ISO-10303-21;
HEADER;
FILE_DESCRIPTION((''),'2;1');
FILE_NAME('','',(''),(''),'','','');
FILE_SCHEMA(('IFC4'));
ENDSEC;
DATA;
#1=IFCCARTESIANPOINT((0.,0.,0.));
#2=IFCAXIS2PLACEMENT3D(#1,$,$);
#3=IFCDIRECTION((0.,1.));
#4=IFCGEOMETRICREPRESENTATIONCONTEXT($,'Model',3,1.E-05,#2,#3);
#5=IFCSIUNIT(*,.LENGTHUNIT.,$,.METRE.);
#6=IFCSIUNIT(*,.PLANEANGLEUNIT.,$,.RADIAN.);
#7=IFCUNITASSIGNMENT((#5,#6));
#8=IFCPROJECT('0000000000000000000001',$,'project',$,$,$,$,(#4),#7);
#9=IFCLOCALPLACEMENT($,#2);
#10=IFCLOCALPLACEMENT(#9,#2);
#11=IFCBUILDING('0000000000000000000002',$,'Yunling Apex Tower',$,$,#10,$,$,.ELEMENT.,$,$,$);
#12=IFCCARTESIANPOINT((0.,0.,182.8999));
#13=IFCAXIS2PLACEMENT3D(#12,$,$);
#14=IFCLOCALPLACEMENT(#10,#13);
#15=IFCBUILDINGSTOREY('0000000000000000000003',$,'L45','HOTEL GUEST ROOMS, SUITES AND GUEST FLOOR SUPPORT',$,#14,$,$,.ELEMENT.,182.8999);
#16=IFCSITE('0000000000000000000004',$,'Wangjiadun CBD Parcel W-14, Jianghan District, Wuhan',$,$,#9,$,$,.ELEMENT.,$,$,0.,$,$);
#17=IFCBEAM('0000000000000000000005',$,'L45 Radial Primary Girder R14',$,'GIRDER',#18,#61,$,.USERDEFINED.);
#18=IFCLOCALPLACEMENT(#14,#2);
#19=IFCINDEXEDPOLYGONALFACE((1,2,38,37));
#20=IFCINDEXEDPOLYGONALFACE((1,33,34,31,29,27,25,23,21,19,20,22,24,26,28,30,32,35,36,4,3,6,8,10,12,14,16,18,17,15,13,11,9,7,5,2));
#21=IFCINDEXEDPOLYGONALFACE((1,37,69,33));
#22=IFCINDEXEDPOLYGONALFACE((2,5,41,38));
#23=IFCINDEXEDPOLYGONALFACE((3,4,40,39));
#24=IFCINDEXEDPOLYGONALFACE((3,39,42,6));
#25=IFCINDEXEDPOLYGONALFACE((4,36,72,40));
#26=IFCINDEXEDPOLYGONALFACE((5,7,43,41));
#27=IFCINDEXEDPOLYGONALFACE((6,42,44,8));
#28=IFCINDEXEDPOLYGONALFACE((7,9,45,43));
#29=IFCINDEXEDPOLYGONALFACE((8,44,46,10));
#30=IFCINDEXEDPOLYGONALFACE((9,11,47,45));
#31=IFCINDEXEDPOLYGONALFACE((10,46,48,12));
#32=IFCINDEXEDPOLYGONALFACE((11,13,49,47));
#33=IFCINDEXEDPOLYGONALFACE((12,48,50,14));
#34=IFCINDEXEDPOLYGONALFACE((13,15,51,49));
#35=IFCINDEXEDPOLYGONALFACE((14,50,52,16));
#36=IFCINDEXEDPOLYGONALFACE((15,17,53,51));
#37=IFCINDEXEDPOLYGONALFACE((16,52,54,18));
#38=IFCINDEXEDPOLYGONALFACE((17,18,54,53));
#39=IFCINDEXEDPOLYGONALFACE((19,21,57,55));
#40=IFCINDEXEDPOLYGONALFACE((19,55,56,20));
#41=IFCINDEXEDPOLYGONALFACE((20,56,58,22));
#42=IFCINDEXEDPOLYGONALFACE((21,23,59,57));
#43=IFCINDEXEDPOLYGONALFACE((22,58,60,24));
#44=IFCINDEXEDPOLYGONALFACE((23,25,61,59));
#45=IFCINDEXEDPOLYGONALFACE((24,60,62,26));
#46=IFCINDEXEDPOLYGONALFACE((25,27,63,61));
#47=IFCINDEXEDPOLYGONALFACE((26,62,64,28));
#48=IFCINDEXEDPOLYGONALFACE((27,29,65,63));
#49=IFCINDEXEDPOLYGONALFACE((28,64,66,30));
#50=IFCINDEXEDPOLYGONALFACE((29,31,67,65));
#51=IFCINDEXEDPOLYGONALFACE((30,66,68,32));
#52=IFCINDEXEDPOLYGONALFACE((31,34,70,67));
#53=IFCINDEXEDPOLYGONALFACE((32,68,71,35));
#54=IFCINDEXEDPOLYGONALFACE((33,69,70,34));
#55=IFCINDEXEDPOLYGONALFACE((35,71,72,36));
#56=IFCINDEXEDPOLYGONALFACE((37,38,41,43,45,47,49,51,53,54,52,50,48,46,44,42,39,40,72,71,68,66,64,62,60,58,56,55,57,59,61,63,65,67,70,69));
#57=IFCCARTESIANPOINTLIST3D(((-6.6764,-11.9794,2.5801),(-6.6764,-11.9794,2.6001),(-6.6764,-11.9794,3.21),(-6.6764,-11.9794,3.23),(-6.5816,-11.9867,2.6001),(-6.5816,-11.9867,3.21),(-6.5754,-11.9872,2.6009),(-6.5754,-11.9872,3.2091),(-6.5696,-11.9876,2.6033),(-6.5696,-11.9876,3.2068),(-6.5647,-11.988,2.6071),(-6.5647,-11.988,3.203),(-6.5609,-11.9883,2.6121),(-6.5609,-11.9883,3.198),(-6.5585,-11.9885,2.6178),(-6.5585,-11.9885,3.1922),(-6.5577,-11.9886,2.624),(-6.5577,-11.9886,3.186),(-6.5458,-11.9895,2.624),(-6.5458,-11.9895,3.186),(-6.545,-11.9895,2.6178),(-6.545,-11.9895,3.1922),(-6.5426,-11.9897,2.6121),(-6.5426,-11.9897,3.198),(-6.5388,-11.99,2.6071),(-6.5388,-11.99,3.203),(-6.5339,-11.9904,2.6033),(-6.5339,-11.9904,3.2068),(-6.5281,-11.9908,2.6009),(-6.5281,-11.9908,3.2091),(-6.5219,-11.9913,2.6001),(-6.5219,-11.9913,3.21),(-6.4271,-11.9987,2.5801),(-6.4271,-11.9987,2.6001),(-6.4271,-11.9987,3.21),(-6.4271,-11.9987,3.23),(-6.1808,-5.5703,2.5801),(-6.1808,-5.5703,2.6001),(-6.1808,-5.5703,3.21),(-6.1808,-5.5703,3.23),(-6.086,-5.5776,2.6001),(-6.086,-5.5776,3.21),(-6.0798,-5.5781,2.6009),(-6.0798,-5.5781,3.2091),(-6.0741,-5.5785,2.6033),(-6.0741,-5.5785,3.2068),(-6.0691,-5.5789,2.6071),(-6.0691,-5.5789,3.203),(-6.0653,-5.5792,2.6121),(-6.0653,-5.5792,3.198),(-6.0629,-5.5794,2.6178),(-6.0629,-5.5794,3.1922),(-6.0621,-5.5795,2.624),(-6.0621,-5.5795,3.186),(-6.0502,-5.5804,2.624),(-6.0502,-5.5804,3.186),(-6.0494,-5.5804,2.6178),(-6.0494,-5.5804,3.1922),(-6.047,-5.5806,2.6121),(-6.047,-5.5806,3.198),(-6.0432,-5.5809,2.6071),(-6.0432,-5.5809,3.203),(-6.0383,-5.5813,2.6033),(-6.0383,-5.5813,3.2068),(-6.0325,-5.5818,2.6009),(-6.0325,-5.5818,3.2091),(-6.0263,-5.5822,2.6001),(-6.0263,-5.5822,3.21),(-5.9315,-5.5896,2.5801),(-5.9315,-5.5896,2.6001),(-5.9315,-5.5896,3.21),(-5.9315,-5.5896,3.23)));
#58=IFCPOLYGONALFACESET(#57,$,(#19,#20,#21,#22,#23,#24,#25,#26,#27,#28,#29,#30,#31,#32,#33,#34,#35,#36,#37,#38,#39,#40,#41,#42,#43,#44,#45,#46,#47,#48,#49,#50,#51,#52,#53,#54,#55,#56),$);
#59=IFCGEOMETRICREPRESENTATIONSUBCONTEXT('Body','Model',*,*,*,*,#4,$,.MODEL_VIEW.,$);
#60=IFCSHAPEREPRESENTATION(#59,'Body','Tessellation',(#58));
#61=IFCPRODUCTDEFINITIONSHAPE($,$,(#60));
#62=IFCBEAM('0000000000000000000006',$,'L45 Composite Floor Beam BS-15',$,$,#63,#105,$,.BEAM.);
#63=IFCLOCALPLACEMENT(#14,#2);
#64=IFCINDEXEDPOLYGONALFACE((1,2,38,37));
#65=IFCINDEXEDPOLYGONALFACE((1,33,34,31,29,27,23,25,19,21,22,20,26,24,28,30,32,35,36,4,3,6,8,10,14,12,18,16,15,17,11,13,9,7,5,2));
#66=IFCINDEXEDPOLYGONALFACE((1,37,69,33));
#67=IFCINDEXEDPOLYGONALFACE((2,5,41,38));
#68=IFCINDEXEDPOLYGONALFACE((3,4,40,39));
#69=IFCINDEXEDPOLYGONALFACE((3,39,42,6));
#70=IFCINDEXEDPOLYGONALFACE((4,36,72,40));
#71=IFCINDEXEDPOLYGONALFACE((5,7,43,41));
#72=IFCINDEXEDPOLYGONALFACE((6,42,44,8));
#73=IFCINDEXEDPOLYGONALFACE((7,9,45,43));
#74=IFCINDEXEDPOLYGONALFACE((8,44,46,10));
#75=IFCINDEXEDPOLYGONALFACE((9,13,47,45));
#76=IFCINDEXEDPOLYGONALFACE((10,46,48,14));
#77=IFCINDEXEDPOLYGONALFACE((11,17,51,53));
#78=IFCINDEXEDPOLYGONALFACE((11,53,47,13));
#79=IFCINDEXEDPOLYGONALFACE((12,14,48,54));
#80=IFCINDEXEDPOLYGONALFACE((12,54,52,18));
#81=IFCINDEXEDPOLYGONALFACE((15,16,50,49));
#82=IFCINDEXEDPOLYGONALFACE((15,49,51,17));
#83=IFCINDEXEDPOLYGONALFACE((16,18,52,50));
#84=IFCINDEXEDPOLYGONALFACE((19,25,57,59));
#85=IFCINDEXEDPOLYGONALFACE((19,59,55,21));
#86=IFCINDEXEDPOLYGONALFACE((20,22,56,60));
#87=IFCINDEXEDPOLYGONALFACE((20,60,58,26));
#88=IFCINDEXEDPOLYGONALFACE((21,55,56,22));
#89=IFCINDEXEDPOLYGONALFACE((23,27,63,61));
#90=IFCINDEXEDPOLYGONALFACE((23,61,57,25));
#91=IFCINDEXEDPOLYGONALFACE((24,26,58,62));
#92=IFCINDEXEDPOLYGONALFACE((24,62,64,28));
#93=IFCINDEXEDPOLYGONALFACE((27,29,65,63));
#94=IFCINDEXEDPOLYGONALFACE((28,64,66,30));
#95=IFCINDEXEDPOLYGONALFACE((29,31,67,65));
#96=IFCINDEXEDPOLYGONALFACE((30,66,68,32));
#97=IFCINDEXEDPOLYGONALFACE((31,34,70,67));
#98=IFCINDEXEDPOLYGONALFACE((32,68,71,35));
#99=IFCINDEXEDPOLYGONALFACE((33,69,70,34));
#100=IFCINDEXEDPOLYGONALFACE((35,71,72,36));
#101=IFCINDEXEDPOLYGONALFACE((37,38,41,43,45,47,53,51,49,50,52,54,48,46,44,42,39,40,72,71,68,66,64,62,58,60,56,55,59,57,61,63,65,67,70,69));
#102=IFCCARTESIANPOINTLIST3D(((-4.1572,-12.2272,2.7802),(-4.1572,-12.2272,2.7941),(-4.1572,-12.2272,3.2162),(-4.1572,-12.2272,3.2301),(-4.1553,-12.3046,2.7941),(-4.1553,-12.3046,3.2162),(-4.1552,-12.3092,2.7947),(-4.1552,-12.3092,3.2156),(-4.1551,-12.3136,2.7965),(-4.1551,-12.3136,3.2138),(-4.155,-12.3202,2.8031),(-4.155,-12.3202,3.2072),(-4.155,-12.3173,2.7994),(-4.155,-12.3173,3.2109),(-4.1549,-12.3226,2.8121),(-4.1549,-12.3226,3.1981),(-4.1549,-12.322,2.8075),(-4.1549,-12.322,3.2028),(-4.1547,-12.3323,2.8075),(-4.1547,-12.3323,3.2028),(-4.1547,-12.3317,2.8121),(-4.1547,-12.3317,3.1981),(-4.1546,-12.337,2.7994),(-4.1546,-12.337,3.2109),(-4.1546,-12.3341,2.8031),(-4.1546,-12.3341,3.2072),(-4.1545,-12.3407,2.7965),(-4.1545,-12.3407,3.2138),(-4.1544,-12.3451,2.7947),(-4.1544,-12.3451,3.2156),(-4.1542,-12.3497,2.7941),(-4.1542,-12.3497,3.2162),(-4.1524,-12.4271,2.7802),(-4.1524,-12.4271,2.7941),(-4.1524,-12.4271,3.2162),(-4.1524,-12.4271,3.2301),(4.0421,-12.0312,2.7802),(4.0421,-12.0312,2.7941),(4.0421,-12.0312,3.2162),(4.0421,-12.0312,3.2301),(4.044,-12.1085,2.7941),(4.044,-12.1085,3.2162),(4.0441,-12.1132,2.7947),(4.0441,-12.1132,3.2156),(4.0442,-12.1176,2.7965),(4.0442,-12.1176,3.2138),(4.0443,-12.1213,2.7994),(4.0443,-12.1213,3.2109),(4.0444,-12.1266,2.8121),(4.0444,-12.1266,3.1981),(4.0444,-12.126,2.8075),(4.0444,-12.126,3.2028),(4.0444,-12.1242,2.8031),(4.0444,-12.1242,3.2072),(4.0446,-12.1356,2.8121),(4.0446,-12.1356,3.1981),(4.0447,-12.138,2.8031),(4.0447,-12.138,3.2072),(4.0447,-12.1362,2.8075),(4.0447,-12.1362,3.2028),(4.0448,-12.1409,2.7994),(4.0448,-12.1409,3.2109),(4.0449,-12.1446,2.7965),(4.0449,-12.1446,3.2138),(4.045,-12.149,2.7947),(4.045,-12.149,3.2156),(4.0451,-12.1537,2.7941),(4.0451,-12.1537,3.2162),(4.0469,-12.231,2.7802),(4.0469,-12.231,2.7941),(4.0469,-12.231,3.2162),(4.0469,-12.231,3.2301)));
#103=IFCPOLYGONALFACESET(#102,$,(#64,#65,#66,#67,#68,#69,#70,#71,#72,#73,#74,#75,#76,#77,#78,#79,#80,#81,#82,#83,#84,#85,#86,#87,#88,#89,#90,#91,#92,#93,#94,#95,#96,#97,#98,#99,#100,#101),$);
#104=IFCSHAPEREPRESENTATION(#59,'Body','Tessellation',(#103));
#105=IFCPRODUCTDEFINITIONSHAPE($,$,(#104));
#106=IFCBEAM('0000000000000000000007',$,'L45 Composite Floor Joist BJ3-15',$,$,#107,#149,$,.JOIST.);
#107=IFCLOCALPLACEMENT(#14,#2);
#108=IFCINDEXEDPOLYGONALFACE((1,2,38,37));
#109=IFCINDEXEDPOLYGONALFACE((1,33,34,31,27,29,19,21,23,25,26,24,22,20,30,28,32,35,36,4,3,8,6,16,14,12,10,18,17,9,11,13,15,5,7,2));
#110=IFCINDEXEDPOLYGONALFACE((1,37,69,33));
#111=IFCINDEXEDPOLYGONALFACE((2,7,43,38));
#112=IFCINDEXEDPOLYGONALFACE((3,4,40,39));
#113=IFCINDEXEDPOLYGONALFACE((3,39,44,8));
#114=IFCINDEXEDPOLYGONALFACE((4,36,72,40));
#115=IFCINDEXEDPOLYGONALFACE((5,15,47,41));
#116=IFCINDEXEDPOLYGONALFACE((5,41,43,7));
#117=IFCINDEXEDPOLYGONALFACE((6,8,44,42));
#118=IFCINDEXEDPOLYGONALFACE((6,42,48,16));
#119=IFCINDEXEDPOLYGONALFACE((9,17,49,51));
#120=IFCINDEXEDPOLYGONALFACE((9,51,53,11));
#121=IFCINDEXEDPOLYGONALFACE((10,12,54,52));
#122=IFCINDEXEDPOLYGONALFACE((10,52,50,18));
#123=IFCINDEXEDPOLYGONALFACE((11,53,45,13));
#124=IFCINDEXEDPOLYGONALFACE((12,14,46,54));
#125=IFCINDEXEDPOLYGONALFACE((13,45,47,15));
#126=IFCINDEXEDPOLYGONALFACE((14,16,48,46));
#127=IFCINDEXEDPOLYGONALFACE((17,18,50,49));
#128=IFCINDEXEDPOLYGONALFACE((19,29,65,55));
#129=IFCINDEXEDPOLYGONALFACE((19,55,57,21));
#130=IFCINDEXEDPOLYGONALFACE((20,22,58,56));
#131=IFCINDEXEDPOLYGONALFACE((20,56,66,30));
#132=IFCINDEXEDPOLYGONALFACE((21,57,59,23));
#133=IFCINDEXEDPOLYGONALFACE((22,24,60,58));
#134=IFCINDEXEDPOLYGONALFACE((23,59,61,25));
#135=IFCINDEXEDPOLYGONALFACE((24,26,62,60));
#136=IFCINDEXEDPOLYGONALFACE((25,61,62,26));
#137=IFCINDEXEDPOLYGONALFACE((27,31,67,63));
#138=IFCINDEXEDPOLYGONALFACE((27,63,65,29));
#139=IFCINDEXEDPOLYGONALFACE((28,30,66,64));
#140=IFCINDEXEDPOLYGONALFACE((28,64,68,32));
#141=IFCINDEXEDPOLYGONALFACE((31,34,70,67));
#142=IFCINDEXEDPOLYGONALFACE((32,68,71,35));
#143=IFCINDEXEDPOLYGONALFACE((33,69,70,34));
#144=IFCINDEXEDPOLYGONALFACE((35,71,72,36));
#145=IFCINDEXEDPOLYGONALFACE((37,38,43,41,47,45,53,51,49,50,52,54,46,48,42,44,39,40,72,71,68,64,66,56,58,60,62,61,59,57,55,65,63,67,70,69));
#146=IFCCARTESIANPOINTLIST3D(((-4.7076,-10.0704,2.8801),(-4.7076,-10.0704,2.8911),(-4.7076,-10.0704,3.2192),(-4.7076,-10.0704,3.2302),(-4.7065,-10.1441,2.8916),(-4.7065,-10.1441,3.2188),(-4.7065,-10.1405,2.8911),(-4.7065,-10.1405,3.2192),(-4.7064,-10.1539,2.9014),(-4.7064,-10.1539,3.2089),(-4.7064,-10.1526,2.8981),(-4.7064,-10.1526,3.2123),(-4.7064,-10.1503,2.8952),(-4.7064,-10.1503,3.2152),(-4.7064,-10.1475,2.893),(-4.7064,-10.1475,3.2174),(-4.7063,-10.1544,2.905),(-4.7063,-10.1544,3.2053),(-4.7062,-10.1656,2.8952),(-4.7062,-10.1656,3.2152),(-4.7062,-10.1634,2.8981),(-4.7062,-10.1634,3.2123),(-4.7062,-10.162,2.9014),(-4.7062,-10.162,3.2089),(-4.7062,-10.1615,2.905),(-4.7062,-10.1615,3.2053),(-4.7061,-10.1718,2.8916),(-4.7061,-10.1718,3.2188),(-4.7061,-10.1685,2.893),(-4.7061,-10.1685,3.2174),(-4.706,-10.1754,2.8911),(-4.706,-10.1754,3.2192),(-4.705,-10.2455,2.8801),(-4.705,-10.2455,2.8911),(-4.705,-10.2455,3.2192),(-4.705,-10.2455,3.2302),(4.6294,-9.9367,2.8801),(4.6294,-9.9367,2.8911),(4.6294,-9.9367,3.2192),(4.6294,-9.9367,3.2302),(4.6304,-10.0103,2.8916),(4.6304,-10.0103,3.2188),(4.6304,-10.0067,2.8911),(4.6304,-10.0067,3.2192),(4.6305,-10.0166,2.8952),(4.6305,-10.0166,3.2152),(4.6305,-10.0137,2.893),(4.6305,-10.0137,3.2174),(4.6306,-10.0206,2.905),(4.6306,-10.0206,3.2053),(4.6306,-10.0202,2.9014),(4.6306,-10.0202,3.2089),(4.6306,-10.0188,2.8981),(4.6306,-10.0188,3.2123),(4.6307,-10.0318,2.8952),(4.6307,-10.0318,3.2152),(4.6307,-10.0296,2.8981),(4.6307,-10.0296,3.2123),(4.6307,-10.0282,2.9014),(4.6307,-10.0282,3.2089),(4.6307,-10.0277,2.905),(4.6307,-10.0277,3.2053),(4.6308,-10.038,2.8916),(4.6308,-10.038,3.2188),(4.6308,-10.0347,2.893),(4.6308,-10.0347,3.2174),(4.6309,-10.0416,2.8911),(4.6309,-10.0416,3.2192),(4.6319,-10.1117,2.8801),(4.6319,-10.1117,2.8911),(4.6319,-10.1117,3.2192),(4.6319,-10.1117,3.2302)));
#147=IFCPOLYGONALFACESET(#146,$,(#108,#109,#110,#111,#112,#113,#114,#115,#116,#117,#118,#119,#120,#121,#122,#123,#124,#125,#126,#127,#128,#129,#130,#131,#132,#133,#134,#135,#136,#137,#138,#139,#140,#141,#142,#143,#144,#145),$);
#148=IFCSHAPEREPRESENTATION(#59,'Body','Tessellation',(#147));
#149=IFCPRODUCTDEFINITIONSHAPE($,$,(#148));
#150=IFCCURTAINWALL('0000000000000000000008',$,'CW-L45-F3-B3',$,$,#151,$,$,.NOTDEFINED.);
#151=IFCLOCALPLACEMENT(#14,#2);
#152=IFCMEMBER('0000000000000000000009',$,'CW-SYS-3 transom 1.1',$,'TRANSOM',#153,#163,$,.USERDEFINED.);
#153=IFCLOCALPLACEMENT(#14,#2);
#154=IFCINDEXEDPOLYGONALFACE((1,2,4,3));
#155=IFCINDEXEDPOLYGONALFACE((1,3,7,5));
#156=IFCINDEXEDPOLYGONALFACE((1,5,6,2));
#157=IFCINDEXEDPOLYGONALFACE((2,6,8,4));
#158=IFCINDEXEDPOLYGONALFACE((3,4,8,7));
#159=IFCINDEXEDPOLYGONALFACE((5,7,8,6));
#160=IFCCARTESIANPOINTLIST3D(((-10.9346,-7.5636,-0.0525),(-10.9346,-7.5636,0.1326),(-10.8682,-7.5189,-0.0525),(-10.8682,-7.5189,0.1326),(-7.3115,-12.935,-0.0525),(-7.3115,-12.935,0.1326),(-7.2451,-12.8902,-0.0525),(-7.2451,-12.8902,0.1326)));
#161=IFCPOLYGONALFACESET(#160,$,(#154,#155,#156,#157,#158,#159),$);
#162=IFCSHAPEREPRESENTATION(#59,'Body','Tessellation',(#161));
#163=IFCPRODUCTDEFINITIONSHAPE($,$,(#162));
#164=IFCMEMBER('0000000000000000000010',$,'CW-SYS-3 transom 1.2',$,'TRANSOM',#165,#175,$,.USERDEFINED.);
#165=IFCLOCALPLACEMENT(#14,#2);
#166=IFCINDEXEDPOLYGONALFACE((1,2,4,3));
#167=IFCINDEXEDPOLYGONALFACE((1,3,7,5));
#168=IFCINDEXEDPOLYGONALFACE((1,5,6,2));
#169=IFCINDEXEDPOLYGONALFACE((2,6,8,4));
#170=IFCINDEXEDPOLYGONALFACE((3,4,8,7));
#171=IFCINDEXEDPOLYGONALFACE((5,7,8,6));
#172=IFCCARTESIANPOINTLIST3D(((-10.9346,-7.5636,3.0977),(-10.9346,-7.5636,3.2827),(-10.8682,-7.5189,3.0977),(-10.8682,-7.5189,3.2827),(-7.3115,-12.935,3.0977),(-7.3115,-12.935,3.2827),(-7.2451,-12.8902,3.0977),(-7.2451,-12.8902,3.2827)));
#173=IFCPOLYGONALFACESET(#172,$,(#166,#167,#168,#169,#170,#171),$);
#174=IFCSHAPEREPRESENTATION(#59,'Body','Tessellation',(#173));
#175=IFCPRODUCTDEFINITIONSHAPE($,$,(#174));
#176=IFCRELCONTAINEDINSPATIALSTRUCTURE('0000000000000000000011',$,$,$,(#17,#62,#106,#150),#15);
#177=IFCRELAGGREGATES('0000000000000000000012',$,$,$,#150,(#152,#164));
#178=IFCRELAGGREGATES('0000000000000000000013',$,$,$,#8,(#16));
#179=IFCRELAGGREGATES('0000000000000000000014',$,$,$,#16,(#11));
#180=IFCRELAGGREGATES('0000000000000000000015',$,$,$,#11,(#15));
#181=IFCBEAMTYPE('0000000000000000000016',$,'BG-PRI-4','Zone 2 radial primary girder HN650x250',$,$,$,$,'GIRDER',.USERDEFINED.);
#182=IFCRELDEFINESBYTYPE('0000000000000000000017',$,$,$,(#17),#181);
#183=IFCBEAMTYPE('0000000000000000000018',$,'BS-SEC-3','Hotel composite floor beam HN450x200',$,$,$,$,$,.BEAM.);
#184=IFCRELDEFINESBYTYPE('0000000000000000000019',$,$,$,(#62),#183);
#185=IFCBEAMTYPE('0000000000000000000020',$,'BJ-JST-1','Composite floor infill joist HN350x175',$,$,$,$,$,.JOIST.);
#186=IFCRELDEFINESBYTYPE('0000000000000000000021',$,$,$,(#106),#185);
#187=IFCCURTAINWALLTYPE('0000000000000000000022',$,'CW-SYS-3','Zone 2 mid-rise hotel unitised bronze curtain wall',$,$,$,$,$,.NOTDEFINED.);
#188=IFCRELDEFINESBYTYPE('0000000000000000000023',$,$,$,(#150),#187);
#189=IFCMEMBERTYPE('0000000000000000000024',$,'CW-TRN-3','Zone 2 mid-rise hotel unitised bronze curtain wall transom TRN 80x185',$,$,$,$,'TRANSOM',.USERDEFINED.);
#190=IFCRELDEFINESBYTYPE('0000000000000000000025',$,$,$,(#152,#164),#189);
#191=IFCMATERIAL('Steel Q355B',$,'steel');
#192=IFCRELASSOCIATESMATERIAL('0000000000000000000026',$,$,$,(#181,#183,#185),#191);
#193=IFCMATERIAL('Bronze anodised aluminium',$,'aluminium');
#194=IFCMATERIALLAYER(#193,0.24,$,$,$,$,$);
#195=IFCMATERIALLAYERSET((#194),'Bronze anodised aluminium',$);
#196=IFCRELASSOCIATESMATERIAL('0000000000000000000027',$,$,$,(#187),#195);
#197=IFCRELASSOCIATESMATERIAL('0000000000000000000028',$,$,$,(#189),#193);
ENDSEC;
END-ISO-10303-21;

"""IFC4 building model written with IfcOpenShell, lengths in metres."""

from ifc_helpers import new_model, si_unit, direction, frame, origin, origin_2d, place, context, subcontext, project, spatial, rectangle, i_section, extrude, source, transform, mapped, material, layer, layer_set, material_profile, profile_set, type_object, element, aggregate, save


model = new_model("IFC4")

# Units and contexts
model_context = context("Model", 3, precision=1e-05, world=origin(), true_north=direction((0.0, 1.0)))
body_context = subcontext(model_context, "Body", "Model", "MODEL_VIEW")
ifc_project = project(units=[si_unit("LENGTHUNIT", "METRE"), si_unit("PLANEANGLEUNIT", "RADIAN")], contexts=[model_context])

# Site, building, storey
site_placement = place(None, origin())
site = spatial("IfcSite", under=ifc_project, at=site_placement, Name="Wangjiadun CBD Parcel W-14, Jianghan District, Wuhan", CompositionType="ELEMENT", RefElevation=0.0)
building_placement = place(site_placement, origin())
building = spatial("IfcBuilding", under=site, at=building_placement, Name="Yunling Apex Tower", CompositionType="ELEMENT")
storey_placement = place(building_placement, frame((0.0, 0.0, 182.8999)))
storey = spatial("IfcBuildingStorey", under=building, at=storey_placement, Name="L45", Description="HOTEL GUEST ROOMS, SUITES AND GUEST FLOOR SUPPORT", CompositionType="ELEMENT", Elevation=182.8999)

# Beams
ifc_material_1 = material(Name="Steel Q355B", Category="steel")
ifc_material_profile_1 = material_profile(ifc_material_1, i_section(OverallWidth=0.25, OverallDepth=0.6499, WebThickness=0.012, FlangeThickness=0.02, FilletRadius=0.0239, at=origin_2d()))
ifc_profile_set_1 = profile_set([ifc_material_profile_1], Name="Steel Q355B")
beam_type_1 = type_object("IfcBeamType", Name="BG-PRI-4", Description="Zone 2 radial primary girder HN650x250", ElementType="GIRDER", PredefinedType="USERDEFINED", material=ifc_profile_set_1)
shared_shape_1 = source(origin(), body_context, "Body", "SweptSolid", [
    extrude(i_section(OverallWidth=0.25, OverallDepth=0.6499, WebThickness=0.012, FlangeThickness=0.02, FilletRadius=0.0239, at=origin_2d()), origin(), (0.0, 0.0, 1.0), 6.4282),
])
beam_1_placement = place(storey_placement, frame((-6.5518, -11.989, 2.905), z_axis=(0.077097, 0.997024, 0.0), x_axis=(-0.997024, 0.077097, 0.0)))
element("IfcBeam", 1, at=beam_1_placement, inside=storey, type_object=beam_type_1, Name="L45 Radial Primary Girder R14", ObjectType="GIRDER", PredefinedType="USERDEFINED", context=body_context, shape_type="MappedRepresentation", body=[
    mapped(shared_shape_1, transform((0.0, 0.0, 0.0), scale=1.0)),
])
ifc_material_profile_2 = material_profile(ifc_material_1, i_section(OverallWidth=0.2, OverallDepth=0.45, WebThickness=0.009, FlangeThickness=0.0139, FilletRadius=0.0181, at=origin_2d()))
ifc_profile_set_2 = profile_set([ifc_material_profile_2], Name="Steel Q355B")
beam_type_2 = type_object("IfcBeamType", Name="BS-SEC-3", Description="Hotel composite floor beam HN450x200", PredefinedType="BEAM", material=ifc_profile_set_2)
shared_shape_2 = source(origin(), body_context, "Body", "SweptSolid", [
    extrude(i_section(OverallWidth=0.2, OverallDepth=0.45, WebThickness=0.009, FlangeThickness=0.0139, FilletRadius=0.0181, at=origin_2d()), origin(), (0.0, 0.0, 1.0), 8.2017),
])
beam_2_placement = place(storey_placement, frame((-4.1548, -12.3271, 3.0051), z_axis=(0.999714, 0.023903, 0.0), x_axis=(-0.023903, 0.999714, 0.0)))
element("IfcBeam", 2, at=beam_2_placement, inside=storey, type_object=beam_type_2, Name="L45 Composite Floor Beam BS-15", PredefinedType="BEAM", context=body_context, shape_type="MappedRepresentation", body=[
    mapped(shared_shape_2, transform((0.0, 0.0, 0.0), scale=1.0)),
])
ifc_material_profile_3 = material_profile(ifc_material_1, i_section(OverallWidth=0.175, OverallDepth=0.3501, WebThickness=0.0071, FlangeThickness=0.011, FilletRadius=0.0139, at=origin_2d()))
ifc_profile_set_3 = profile_set([ifc_material_profile_3], Name="Steel Q355B")
beam_type_3 = type_object("IfcBeamType", Name="BJ-JST-1", Description="Composite floor infill joist HN350x175", PredefinedType="JOIST", material=ifc_profile_set_3)
shared_shape_3 = source(origin(), body_context, "Body", "SweptSolid", [
    extrude(i_section(OverallWidth=0.175, OverallDepth=0.3501, WebThickness=0.0071, FlangeThickness=0.011, FilletRadius=0.0139, at=origin_2d()), origin(), (0.0, 0.0, 1.0), 9.3379),
])
beam_3_placement = place(storey_placement, frame((-4.7063, -10.158, 3.0552), z_axis=(0.999897, 0.014328, 0.0), x_axis=(-0.014328, 0.999897, 0.0)))
element("IfcBeam", 3, at=beam_3_placement, inside=storey, type_object=beam_type_3, Name="L45 Composite Floor Joist BJ3-15", PredefinedType="JOIST", context=body_context, shape_type="MappedRepresentation", body=[
    mapped(shared_shape_3, transform((0.0, 0.0, 0.0), scale=1.0)),
])

# Curtain wall, members
ifc_material_2 = material(Name="Bronze anodised aluminium", Category="aluminium")
ifc_layer_1 = layer(ifc_material_2, 0.24)
ifc_layer_set_1 = layer_set([ifc_layer_1], Name="Bronze anodised aluminium")
curtain_wall_type = type_object("IfcCurtainWallType", Name="CW-SYS-3", Description="Zone 2 mid-rise hotel unitised bronze curtain wall", PredefinedType="NOTDEFINED", material=ifc_layer_set_1)
curtain_wall_placement = place(storey_placement, origin())
curtain_wall = element("IfcCurtainWall", 4, at=curtain_wall_placement, inside=storey, type_object=curtain_wall_type, Name="CW-L45-F3-B3", PredefinedType="NOTDEFINED")
ifc_material_profile_4 = material_profile(ifc_material_2, rectangle(XDim=0.0801, YDim=0.1851, at=origin_2d()))
ifc_profile_set_4 = profile_set([ifc_material_profile_4], Name="Bronze anodised aluminium")
member_type_1 = type_object("IfcMemberType", Name="CW-TRN-3", Description="Zone 2 mid-rise hotel unitised bronze curtain wall transom TRN 80x185", ElementType="TRANSOM", PredefinedType="USERDEFINED", material=ifc_profile_set_4)
shared_shape_4 = source(origin(), body_context, "Body", "SweptSolid", [
    extrude(rectangle(XDim=0.0801, YDim=0.1851, at=origin_2d()), origin(), (0.0, 0.0, 1.0), 6.479),
])
member_1_placement = place(storey_placement, frame((-10.9014, -7.5413, 0.04), z_axis=(0.559196, -0.829035, 0.0), x_axis=(0.829035, 0.559196, 0.0)))
member_1 = element("IfcMember", 5, at=member_1_placement, type_object=member_type_1, Name="CW-SYS-3 transom 1.1", ObjectType="TRANSOM", PredefinedType="USERDEFINED", context=body_context, shape_type="MappedRepresentation", body=[
    mapped(shared_shape_4, transform((0.0, 0.0, 0.0), scale=1.0)),
])
member_2_placement = place(storey_placement, frame((-10.9014, -7.5413, 3.1902), z_axis=(0.559196, -0.829035, 0.0), x_axis=(0.829035, 0.559196, 0.0)))
member_2 = element("IfcMember", 6, at=member_2_placement, type_object=member_type_1, Name="CW-SYS-3 transom 1.2", ObjectType="TRANSOM", PredefinedType="USERDEFINED", context=body_context, shape_type="MappedRepresentation", body=[
    mapped(shared_shape_4, transform((0.0, 0.0, 0.0), scale=1.0)),
])
aggregate(curtain_wall, [member_1, member_2])

save(model, "model.ifc")
